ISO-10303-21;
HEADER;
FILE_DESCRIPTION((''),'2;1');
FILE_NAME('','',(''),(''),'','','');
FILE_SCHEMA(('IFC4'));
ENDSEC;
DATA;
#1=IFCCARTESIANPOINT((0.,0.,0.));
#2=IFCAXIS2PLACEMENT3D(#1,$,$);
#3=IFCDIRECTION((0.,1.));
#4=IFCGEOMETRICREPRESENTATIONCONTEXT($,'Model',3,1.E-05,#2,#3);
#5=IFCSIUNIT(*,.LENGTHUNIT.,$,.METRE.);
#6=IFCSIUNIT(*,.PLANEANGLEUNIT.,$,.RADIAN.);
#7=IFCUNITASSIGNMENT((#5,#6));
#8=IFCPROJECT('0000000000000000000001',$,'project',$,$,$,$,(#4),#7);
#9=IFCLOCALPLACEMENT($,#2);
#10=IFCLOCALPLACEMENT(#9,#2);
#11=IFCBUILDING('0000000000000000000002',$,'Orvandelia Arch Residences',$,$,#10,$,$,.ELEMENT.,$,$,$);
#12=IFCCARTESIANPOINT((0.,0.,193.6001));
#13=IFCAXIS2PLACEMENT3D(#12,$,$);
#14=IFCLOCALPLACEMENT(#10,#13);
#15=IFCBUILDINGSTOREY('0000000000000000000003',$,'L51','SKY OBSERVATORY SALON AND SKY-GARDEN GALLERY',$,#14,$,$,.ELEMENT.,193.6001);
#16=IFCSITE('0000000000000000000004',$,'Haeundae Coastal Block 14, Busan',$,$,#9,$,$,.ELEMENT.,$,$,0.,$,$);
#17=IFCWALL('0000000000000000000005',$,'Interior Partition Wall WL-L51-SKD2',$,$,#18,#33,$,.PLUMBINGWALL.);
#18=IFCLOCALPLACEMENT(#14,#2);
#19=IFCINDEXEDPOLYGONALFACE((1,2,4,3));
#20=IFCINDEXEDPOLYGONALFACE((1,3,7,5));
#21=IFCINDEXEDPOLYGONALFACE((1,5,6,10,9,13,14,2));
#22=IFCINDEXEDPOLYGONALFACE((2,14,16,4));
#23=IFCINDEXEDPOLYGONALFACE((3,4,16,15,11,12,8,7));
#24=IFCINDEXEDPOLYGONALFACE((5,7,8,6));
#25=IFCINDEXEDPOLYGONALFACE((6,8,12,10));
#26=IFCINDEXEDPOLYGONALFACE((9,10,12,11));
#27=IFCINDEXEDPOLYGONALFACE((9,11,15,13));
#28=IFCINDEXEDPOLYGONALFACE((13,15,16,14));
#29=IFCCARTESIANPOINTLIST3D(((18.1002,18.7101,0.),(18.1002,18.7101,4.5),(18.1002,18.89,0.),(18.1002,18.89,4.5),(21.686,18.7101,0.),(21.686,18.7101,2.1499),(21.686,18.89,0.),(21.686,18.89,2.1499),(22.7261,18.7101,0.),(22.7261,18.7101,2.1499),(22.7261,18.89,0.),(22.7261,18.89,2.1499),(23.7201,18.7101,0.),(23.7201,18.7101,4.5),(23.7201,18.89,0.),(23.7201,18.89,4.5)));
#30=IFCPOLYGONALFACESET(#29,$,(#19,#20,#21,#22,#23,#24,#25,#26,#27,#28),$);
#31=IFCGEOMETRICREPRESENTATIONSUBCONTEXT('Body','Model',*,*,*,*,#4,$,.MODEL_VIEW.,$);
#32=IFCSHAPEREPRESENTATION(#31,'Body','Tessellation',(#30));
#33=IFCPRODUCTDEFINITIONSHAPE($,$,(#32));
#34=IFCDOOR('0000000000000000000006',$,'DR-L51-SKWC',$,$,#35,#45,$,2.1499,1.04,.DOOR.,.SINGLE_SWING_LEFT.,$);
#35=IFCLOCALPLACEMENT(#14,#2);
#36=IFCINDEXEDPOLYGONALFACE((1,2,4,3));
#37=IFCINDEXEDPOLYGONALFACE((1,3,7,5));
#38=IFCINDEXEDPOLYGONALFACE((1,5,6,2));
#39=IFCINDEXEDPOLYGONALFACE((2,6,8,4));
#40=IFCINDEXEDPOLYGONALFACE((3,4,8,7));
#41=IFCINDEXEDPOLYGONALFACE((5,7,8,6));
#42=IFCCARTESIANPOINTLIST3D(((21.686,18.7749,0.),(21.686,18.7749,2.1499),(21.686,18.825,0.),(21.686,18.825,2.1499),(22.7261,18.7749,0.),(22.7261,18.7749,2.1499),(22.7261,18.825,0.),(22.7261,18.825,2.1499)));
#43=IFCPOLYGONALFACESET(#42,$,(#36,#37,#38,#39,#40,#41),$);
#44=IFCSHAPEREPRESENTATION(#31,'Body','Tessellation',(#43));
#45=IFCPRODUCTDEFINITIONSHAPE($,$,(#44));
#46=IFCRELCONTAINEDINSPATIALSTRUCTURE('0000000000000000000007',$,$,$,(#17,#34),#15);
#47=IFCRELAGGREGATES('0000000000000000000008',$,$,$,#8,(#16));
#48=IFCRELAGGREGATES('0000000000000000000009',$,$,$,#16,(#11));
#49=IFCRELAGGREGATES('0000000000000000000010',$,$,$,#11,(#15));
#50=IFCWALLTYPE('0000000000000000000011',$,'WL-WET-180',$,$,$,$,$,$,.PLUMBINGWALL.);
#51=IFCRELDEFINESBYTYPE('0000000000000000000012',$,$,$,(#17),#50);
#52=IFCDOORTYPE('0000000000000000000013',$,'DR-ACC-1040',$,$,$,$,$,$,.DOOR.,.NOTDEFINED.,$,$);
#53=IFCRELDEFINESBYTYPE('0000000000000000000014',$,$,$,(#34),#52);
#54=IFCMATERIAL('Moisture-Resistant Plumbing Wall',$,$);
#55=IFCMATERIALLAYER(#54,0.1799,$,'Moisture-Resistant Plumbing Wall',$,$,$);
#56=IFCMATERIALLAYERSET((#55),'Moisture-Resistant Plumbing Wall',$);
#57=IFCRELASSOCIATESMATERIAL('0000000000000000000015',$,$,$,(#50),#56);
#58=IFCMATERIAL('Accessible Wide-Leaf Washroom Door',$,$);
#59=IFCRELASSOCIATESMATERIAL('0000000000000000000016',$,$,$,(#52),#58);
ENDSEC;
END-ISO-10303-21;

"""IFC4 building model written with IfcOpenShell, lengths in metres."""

from ifc_helpers import new_model, si_unit, direction, frame, frame_2d, origin, place, context, subcontext, project, spatial, rectangle, extrude, material, layer, layer_set, type_object, element, fill, save


model = new_model("IFC4")

# Units and contexts
model_context = context("Model", 3, precision=1e-05, world=origin(), true_north=direction((0.0, 1.0)))
body_context = subcontext(model_context, "Body", "Model", "MODEL_VIEW")
ifc_project = project(units=[si_unit("LENGTHUNIT", "METRE"), si_unit("PLANEANGLEUNIT", "RADIAN")], contexts=[model_context])

# Site, building, storey
site_placement = place(None, origin())
site = spatial("IfcSite", under=ifc_project, at=site_placement, Name="Haeundae Coastal Block 14, Busan", CompositionType="ELEMENT", RefElevation=0.0)
building_placement = place(site_placement, origin())
building = spatial("IfcBuilding", under=site, at=building_placement, Name="Orvandelia Arch Residences", CompositionType="ELEMENT")
storey_placement = place(building_placement, frame((0.0, 0.0, 193.6001)))
storey = spatial("IfcBuildingStorey", under=building, at=storey_placement, Name="L51", Description="SKY OBSERVATORY SALON AND SKY-GARDEN GALLERY", CompositionType="ELEMENT", Elevation=193.6001)

# Wall, opening, door
ifc_material_1 = material(Name="Moisture-Resistant Plumbing Wall")
ifc_layer_1 = layer(ifc_material_1, 0.1799, Name="Moisture-Resistant Plumbing Wall")
ifc_layer_set_1 = layer_set([ifc_layer_1], Name="Moisture-Resistant Plumbing Wall")
wall_type_1 = type_object("IfcWallType", Name="WL-WET-180", PredefinedType="PLUMBINGWALL", material=ifc_layer_set_1)
wall_1_placement = place(storey_placement, frame((18.1001, 18.8, 0.0), z_axis=(0.0, 0.0, 1.0), x_axis=(1.0, 0.0, 0.0)))
wall_1 = element("IfcWall", 1, at=wall_1_placement, inside=storey, type_object=wall_type_1, Name="Interior Partition Wall WL-L51-SKD2", PredefinedType="PLUMBINGWALL", context=body_context, shape_type="SweptSolid", body=[
    extrude(rectangle(XDim=5.6199, YDim=0.1799, at=frame_2d((2.8101, 0.0))), origin(), (0.0, 0.0, 1.0), 4.5),
])
opening_placement = place(wall_1_placement, frame((3.5859, 0.0, 0.0)))
opening = element("IfcOpeningElement", 2, at=opening_placement, cuts=wall_1, PredefinedType="OPENING", context=body_context, shape_type="SweptSolid", body=[
    extrude(rectangle(XDim=1.04, YDim=2.1499, at=frame_2d((0.52, 1.075))), frame((0.0, 0.1001, 0.0), z_axis=(0.0, -1.0, 0.0), x_axis=(1.0, 0.0, 0.0)), (0.0, 0.0, 1.0), 0.2),
])
ifc_material_2 = material(Name="Accessible Wide-Leaf Washroom Door")
door_type = type_object("IfcDoorType", Name="DR-ACC-1040", OperationType="NOTDEFINED", PredefinedType="DOOR", material=ifc_material_2)
door_placement = place(opening_placement, origin())
door = element("IfcDoor", 3, at=door_placement, inside=storey, type_object=door_type, Name="DR-L51-SKWC", OperationType="SINGLE_SWING_LEFT", OverallHeight=2.1499, OverallWidth=1.04, PredefinedType="DOOR", context=body_context, shape_type="SweptSolid", body=[
    extrude(rectangle(XDim=1.04, YDim=2.1499, at=frame_2d((0.52, 1.075))), frame((0.0, 0.0249, 0.0), z_axis=(0.0, -1.0, 0.0), x_axis=(1.0, 0.0, 0.0)), (0.0, 0.0, 1.0), 0.05),
])
fill(opening, door)

save(model, "model.ifc")
